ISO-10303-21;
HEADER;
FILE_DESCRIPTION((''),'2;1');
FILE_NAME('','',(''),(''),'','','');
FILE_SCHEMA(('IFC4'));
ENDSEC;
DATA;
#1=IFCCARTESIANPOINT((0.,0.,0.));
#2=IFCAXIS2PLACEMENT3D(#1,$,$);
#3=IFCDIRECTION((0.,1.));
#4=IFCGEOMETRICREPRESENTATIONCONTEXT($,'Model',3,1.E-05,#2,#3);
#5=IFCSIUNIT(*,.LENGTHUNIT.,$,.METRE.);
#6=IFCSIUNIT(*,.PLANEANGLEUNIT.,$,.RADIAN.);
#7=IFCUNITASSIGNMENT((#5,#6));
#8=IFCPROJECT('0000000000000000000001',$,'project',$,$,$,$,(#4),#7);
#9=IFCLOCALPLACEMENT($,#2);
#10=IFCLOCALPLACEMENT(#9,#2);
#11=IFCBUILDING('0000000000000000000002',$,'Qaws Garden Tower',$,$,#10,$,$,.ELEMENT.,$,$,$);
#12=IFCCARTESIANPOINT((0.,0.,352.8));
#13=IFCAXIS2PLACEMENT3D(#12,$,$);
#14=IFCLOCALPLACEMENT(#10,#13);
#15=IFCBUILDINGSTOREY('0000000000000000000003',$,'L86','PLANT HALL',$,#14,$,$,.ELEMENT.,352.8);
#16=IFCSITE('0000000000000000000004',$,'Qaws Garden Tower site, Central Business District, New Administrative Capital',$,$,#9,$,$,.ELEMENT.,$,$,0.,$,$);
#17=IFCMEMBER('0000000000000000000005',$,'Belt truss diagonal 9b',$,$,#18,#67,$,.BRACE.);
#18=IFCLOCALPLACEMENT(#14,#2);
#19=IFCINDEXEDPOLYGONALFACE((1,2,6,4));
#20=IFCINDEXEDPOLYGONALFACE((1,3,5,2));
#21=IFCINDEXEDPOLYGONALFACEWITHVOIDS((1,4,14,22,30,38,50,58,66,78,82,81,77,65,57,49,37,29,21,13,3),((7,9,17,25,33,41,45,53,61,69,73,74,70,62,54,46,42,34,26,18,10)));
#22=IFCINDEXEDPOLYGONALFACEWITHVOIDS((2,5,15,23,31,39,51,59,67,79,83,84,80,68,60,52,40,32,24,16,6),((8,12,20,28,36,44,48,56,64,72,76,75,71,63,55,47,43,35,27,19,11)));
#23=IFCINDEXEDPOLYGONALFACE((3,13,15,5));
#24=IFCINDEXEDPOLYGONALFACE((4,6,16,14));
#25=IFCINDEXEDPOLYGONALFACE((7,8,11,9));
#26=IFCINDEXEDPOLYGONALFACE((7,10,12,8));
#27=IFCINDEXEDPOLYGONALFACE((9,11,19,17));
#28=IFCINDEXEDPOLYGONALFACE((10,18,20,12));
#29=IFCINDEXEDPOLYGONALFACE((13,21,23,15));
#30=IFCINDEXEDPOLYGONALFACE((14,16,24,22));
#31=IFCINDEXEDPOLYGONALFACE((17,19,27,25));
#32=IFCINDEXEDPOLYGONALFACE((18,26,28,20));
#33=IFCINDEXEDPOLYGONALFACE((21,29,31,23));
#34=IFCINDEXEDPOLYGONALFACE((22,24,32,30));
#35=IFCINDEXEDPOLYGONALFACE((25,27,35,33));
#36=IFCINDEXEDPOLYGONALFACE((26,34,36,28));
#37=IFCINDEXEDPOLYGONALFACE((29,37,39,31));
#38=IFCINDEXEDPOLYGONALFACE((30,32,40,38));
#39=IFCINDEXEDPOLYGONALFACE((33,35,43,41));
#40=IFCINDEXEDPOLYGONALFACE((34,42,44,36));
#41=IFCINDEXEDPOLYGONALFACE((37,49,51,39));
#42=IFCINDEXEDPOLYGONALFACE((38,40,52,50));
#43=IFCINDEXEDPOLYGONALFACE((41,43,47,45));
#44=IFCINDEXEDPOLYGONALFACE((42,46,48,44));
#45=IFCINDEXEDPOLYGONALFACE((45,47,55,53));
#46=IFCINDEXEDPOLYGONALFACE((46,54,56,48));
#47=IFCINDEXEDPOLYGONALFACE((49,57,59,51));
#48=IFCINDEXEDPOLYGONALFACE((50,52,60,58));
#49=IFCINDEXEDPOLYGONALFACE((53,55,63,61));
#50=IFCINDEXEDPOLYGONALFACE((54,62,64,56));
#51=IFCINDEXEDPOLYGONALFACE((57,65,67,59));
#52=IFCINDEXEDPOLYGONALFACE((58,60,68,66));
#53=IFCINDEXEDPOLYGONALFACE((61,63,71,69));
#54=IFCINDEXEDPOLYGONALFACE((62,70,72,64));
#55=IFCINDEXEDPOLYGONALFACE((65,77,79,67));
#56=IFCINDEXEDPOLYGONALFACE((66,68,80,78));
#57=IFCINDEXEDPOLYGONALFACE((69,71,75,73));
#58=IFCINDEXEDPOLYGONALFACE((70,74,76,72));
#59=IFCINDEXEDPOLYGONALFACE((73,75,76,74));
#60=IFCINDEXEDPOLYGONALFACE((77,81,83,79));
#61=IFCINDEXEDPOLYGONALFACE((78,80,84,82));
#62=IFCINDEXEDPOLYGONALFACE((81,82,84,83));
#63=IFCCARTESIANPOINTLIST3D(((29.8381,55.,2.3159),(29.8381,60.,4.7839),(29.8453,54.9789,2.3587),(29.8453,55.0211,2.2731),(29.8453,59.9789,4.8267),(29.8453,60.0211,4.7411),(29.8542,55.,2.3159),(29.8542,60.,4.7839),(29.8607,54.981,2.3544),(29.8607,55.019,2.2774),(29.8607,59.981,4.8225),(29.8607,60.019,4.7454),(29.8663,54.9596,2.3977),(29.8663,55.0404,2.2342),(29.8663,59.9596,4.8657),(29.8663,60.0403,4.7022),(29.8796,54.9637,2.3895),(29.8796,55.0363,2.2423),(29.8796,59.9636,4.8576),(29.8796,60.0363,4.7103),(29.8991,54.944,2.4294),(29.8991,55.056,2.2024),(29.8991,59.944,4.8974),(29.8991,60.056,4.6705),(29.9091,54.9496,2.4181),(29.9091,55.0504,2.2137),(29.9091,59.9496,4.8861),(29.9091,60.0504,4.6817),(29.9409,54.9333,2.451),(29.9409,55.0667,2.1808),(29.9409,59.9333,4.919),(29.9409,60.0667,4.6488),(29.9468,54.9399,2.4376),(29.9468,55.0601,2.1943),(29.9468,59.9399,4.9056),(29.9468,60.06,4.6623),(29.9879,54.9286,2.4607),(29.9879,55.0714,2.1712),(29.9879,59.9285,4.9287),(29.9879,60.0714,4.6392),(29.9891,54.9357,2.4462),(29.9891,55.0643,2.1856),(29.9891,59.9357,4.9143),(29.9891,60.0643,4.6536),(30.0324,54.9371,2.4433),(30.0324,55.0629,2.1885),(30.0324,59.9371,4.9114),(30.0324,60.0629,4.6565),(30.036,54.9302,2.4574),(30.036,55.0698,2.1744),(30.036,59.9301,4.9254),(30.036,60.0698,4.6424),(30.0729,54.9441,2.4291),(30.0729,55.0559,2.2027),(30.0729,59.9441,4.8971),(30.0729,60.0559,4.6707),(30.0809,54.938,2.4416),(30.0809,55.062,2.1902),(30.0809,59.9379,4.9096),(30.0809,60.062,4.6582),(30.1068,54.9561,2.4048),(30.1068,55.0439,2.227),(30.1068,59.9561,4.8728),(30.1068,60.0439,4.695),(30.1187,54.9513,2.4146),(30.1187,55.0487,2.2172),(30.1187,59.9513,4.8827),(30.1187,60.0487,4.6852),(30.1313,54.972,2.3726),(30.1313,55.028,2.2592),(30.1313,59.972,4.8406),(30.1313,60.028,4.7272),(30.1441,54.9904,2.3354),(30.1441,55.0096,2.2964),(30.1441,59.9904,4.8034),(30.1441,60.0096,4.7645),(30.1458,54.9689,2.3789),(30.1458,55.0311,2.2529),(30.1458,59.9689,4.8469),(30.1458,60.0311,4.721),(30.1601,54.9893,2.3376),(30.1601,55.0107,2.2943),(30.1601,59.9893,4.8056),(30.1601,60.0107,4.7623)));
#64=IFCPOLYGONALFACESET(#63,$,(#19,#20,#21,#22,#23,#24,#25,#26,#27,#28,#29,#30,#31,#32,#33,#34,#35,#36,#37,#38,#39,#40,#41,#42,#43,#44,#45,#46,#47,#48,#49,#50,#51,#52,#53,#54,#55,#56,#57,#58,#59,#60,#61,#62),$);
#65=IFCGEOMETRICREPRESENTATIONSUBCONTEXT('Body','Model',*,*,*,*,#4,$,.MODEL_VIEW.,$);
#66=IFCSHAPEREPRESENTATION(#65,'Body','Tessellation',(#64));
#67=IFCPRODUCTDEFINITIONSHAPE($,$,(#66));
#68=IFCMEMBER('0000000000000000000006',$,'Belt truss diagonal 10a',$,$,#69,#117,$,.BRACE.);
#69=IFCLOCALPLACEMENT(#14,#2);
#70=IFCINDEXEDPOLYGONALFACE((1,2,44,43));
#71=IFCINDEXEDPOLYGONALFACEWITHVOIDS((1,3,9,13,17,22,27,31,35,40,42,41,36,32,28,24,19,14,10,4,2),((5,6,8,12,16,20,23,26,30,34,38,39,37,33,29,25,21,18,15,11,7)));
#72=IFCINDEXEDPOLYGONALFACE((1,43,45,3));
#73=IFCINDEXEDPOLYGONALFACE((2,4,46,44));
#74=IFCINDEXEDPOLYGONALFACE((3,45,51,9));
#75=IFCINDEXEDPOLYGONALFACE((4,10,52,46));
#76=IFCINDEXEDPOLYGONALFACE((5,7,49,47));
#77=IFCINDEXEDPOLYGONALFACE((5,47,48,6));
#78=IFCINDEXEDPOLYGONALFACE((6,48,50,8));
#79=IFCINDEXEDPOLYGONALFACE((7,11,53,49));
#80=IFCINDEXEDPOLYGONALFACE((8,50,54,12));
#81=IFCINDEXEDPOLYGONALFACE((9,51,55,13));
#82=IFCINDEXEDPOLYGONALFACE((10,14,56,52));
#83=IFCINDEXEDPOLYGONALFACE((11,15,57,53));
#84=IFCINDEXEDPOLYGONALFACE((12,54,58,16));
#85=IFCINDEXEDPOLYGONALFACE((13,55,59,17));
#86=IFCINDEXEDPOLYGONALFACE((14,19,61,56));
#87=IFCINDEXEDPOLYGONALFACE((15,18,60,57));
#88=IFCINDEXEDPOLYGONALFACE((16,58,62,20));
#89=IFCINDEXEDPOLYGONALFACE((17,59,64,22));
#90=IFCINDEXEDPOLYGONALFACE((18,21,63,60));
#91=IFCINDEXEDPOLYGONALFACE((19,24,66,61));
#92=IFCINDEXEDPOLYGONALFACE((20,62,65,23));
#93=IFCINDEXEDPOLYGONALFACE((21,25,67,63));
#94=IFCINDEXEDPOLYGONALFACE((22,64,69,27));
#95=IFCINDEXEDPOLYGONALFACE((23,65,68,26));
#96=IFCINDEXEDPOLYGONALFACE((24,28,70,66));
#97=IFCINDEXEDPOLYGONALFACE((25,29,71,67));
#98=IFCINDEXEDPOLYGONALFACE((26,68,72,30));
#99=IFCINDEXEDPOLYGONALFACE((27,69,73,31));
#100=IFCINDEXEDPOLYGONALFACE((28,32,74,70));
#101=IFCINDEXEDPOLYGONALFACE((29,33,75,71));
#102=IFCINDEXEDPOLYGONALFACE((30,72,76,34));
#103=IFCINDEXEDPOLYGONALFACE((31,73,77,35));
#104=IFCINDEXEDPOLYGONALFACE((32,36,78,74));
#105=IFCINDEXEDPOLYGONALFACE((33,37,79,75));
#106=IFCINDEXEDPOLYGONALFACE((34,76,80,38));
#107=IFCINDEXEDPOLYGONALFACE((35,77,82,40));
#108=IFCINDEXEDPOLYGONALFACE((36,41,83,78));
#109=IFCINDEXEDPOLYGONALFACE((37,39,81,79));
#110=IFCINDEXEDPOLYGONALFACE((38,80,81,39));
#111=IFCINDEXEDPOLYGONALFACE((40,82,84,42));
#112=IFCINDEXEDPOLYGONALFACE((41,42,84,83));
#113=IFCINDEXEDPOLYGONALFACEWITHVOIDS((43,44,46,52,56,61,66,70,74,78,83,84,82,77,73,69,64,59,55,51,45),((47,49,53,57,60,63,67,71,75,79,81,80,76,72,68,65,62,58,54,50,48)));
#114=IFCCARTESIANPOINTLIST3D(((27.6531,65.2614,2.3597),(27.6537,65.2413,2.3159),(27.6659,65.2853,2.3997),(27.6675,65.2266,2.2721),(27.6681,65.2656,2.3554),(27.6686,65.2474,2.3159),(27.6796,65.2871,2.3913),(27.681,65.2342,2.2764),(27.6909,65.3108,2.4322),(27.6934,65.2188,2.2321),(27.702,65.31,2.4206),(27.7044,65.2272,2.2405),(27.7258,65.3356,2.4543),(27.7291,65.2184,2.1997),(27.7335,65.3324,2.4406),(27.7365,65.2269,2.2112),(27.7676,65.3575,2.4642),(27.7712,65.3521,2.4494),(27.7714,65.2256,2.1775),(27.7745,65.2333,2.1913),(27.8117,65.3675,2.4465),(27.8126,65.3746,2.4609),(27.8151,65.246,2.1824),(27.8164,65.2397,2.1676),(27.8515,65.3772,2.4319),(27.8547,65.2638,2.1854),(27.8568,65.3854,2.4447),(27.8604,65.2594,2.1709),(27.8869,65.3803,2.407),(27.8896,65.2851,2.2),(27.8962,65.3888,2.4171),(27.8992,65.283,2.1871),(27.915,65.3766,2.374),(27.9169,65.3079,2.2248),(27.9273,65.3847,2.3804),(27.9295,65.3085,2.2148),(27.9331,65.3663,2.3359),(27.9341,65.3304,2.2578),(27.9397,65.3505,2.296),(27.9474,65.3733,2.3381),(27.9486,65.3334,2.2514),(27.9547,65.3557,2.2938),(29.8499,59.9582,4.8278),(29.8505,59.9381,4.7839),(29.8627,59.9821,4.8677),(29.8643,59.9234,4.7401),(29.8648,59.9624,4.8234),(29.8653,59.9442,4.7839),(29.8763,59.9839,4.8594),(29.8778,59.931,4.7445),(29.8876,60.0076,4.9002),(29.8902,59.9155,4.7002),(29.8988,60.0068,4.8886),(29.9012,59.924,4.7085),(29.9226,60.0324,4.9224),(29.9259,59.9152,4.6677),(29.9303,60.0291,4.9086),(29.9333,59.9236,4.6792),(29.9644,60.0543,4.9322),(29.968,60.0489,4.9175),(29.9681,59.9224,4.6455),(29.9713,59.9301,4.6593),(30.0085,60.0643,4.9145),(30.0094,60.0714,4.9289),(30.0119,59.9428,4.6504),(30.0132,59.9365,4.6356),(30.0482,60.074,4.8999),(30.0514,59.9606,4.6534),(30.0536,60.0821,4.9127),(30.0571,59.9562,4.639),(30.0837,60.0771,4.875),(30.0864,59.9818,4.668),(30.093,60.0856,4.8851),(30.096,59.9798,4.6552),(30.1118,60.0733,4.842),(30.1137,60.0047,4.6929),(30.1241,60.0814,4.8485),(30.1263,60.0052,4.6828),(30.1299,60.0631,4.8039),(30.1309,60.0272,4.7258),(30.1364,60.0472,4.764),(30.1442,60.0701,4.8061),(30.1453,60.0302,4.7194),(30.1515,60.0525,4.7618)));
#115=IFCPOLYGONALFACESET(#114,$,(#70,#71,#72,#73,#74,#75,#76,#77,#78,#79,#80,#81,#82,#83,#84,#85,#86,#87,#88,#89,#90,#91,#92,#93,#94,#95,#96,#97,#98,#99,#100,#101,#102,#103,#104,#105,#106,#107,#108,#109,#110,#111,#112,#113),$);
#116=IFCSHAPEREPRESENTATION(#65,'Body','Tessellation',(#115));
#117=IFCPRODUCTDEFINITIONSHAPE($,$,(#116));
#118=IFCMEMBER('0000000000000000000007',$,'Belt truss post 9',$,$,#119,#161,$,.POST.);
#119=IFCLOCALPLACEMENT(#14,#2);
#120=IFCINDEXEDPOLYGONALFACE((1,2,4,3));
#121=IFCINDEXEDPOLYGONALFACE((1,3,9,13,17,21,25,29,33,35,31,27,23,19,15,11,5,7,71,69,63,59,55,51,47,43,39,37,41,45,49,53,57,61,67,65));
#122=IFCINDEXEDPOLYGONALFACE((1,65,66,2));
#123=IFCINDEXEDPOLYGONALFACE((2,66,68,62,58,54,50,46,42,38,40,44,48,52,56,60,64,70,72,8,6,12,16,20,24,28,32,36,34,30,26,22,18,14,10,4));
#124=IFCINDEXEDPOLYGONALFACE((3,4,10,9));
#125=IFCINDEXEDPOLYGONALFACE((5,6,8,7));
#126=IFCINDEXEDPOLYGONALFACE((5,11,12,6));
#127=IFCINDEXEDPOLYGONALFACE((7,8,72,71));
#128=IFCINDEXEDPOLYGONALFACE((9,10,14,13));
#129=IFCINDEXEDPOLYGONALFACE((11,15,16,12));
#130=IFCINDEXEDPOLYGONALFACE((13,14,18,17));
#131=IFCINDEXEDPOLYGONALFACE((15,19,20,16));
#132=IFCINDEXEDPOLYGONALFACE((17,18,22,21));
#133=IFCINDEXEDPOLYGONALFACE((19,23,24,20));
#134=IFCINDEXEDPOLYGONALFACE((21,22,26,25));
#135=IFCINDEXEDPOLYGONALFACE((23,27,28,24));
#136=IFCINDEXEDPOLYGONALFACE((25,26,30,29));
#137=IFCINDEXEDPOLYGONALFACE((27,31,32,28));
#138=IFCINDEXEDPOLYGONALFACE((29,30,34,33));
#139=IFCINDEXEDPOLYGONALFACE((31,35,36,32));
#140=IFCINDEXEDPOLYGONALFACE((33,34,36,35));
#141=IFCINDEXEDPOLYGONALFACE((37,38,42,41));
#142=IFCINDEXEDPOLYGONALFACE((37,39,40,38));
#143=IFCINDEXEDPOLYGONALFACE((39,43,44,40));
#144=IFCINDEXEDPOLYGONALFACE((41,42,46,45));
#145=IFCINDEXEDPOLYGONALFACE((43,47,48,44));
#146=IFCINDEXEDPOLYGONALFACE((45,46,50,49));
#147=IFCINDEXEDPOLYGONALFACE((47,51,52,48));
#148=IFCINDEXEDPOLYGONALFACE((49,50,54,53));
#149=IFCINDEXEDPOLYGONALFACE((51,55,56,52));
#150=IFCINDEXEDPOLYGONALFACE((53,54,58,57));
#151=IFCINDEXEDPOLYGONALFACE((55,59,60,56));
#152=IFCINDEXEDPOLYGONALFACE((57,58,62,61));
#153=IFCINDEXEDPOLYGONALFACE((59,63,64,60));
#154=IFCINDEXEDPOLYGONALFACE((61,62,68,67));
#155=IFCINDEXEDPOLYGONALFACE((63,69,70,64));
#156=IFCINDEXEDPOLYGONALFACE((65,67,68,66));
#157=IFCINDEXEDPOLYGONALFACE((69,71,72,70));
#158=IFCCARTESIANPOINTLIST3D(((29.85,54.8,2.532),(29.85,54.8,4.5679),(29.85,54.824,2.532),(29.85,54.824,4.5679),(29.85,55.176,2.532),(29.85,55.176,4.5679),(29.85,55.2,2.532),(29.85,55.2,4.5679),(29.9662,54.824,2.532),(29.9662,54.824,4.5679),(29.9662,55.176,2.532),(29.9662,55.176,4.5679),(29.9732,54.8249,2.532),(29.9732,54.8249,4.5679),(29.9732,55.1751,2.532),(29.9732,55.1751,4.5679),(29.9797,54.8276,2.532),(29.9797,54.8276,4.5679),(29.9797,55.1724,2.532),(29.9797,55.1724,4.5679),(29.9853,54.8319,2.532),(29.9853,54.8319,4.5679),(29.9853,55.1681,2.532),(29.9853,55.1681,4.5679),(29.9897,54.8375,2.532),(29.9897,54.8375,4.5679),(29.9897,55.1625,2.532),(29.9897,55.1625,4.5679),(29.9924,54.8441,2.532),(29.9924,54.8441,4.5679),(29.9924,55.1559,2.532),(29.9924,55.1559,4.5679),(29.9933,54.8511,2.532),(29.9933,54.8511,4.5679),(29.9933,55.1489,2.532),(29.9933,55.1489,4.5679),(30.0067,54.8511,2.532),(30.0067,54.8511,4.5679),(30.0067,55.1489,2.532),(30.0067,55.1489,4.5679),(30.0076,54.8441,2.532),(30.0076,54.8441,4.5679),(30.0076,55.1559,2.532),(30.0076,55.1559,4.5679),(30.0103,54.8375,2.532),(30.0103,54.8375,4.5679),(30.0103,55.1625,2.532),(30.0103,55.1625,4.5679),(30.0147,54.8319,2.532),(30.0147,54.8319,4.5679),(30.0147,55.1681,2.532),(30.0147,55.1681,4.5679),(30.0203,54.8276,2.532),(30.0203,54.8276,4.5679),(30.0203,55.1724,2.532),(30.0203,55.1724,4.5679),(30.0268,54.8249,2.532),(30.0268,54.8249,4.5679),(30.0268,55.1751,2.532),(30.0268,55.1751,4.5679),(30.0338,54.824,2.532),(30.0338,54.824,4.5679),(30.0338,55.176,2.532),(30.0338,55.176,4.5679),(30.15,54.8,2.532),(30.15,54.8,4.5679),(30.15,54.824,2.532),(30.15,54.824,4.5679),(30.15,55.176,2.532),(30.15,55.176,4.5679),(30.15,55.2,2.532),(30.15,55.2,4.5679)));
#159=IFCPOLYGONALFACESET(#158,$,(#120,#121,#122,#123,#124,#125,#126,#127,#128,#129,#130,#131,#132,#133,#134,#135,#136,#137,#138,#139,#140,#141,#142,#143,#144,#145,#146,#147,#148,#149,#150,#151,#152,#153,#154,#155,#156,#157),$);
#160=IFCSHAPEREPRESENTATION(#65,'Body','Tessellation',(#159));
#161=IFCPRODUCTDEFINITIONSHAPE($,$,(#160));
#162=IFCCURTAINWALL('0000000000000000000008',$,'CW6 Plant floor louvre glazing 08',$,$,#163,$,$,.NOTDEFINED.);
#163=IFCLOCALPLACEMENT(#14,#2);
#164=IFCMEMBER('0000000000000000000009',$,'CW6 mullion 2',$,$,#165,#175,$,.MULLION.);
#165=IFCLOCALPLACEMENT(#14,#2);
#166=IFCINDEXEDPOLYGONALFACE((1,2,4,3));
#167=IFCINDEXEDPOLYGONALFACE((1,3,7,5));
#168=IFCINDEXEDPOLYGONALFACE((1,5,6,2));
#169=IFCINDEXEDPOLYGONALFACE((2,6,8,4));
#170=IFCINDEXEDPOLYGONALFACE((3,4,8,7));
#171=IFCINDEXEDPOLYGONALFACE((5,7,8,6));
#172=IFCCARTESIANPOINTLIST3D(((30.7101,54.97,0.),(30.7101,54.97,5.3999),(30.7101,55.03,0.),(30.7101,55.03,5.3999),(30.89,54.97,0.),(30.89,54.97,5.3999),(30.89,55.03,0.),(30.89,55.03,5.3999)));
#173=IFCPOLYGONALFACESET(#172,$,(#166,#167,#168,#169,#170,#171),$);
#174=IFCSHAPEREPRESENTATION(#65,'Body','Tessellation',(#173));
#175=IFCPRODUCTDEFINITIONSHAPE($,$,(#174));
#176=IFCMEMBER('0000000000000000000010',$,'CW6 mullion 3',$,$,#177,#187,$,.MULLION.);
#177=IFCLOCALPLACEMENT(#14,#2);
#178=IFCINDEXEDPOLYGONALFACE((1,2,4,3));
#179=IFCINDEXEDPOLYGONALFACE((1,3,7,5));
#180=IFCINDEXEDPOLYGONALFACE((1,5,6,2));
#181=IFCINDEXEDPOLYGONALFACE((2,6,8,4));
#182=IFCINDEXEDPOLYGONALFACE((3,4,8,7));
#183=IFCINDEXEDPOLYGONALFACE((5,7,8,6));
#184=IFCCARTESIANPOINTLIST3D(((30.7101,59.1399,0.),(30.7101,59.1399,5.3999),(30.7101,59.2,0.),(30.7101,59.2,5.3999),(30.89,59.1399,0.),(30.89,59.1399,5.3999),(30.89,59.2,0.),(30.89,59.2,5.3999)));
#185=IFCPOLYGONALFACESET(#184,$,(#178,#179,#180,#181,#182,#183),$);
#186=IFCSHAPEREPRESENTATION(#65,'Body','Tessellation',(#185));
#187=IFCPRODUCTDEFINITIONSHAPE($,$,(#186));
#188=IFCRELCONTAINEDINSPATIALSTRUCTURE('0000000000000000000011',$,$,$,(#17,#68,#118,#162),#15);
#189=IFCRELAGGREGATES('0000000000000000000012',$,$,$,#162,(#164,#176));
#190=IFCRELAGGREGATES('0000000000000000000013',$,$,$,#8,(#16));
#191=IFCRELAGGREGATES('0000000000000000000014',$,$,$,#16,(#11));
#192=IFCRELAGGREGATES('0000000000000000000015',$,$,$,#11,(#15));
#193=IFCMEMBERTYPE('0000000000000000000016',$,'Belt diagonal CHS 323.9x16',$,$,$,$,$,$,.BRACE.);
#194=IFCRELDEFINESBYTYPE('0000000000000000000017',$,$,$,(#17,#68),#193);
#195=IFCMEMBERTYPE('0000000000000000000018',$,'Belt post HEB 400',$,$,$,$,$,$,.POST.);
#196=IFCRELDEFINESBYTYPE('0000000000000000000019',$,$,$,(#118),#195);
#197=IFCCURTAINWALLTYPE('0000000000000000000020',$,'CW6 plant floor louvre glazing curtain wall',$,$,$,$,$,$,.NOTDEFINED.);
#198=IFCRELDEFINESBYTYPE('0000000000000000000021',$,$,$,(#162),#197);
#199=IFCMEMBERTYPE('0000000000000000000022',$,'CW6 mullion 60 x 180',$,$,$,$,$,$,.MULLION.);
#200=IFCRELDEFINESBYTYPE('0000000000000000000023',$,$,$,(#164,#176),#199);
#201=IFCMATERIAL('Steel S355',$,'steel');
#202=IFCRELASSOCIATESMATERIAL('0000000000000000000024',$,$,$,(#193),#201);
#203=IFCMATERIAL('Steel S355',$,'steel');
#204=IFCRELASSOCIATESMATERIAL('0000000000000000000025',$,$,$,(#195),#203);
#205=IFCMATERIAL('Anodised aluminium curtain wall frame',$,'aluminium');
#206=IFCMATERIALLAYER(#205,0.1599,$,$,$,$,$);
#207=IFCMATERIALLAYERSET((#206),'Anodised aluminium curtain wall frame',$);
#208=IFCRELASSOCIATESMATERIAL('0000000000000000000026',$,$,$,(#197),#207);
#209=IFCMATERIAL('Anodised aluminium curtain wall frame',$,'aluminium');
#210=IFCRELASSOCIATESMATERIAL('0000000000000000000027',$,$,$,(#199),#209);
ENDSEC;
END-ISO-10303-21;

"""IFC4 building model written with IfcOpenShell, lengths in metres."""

from ifc_helpers import new_model, si_unit, direction, frame, origin, origin_2d, place, context, subcontext, project, spatial, rectangle, hollow_circle, i_section, extrude, material, layer, layer_set, material_profile, profile_set, type_object, element, aggregate, save


model = new_model("IFC4")

# Units and contexts
model_context = context("Model", 3, precision=1e-05, world=origin(), true_north=direction((0.0, 1.0)))
body_context = subcontext(model_context, "Body", "Model", "MODEL_VIEW")
ifc_project = project(units=[si_unit("LENGTHUNIT", "METRE"), si_unit("PLANEANGLEUNIT", "RADIAN")], contexts=[model_context])

# Site, building, storey
site_placement = place(None, origin())
site = spatial("IfcSite", under=ifc_project, at=site_placement, Name="Qaws Garden Tower site, Central Business District, New Administrative Capital", CompositionType="ELEMENT", RefElevation=0.0)
building_placement = place(site_placement, origin())
building = spatial("IfcBuilding", under=site, at=building_placement, Name="Qaws Garden Tower", CompositionType="ELEMENT")
storey_placement = place(building_placement, frame((0.0, 0.0, 352.8)))
storey = spatial("IfcBuildingStorey", under=building, at=storey_placement, Name="L86", Description="PLANT HALL", CompositionType="ELEMENT", Elevation=352.8)

# Members
ifc_material_1 = material(Name="Steel S355", Category="steel")
ifc_material_profile_1 = material_profile(ifc_material_1, hollow_circle(Radius=0.1619, WallThickness=0.0161, at=origin_2d()), Name="CHS 323.9x16")
ifc_profile_set_1 = profile_set([ifc_material_profile_1], Name="Steel S355")
member_type_1 = type_object("IfcMemberType", Name="Belt diagonal CHS 323.9x16", PredefinedType="BRACE", material=ifc_profile_set_1)
member_1_placement = place(storey_placement, frame((30.0, 55.0, 2.3159), z_axis=(0.0, 0.89671, 0.442619), x_axis=(-1.0, 0.0, 0.0)))
element("IfcMember", 1, at=member_1_placement, inside=storey, type_object=member_type_1, Name="Belt truss diagonal 9b", PredefinedType="BRACE", context=body_context, shape_type="SweptSolid", body=[
    extrude(hollow_circle(Radius=0.1619, WallThickness=0.0161, at=origin_2d()), origin(), (0.0, 0.0, 1.0), 5.5759),
])
member_2_placement = place(storey_placement, frame((30.0, 60.0, 4.7839), z_axis=(-0.351581, 0.848748, -0.394991), x_axis=(-0.923873, -0.3827, 0.0)))
element("IfcMember", 2, at=member_2_placement, inside=storey, type_object=member_type_1, Name="Belt truss diagonal 10a", PredefinedType="BRACE", context=body_context, shape_type="SweptSolid", body=[
    extrude(hollow_circle(Radius=0.1619, WallThickness=0.0161, at=origin_2d()), origin(), (0.0, 0.0, 1.0), 6.2483),
])
ifc_material_2 = material(Name="Steel S355", Category="steel")
ifc_material_profile_2 = material_profile(ifc_material_2, i_section(OverallWidth=0.3, OverallDepth=0.3999, WebThickness=0.0134, FlangeThickness=0.0239, FilletRadius=0.0271, at=origin_2d()), Name="HEB 400")
ifc_profile_set_2 = profile_set([ifc_material_profile_2], Name="Steel S355")
member_type_2 = type_object("IfcMemberType", Name="Belt post HEB 400", PredefinedType="POST", material=ifc_profile_set_2)
member_3_placement = place(storey_placement, frame((30.0, 55.0, 2.532), z_axis=(0.0, 0.0, 1.0), x_axis=(1.0, 0.0, 0.0)))
element("IfcMember", 3, at=member_3_placement, inside=storey, type_object=member_type_2, Name="Belt truss post 9", PredefinedType="POST", context=body_context, shape_type="SweptSolid", body=[
    extrude(i_section(OverallWidth=0.3, OverallDepth=0.3999, WebThickness=0.0134, FlangeThickness=0.0239, FilletRadius=0.0271, at=origin_2d()), origin(), (0.0, 0.0, 1.0), 2.0359),
])

# Curtain wall, members
ifc_material_3 = material(Name="Anodised aluminium curtain wall frame", Category="aluminium")
ifc_layer_1 = layer(ifc_material_3, 0.1599)
ifc_layer_set_1 = layer_set([ifc_layer_1], Name="Anodised aluminium curtain wall frame")
curtain_wall_type = type_object("IfcCurtainWallType", Name="CW6 plant floor louvre glazing curtain wall", PredefinedType="NOTDEFINED", material=ifc_layer_set_1)
curtain_wall_placement = place(storey_placement, origin())
curtain_wall = element("IfcCurtainWall", 4, at=curtain_wall_placement, inside=storey, type_object=curtain_wall_type, Name="CW6 Plant floor louvre glazing 08", PredefinedType="NOTDEFINED")
ifc_material_4 = material(Name="Anodised aluminium curtain wall frame", Category="aluminium")
ifc_material_profile_3 = material_profile(ifc_material_4, rectangle(XDim=0.1799, YDim=0.0601, at=origin_2d()), Name="AL 60x180")
ifc_profile_set_3 = profile_set([ifc_material_profile_3], Name="Anodised aluminium curtain wall frame")
member_type_3 = type_object("IfcMemberType", Name="CW6 mullion 60 x 180", PredefinedType="MULLION", material=ifc_profile_set_3)
member_4_placement = place(storey_placement, frame((30.8, 55.0, 0.0), z_axis=(0.0, 0.0, 1.0), x_axis=(-1.0, 0.0, 0.0)))
member_4 = element("IfcMember", 5, at=member_4_placement, type_object=member_type_3, Name="CW6 mullion 2", PredefinedType="MULLION", context=body_context, shape_type="SweptSolid", body=[
    extrude(rectangle(XDim=0.1799, YDim=0.0601, at=origin_2d()), origin(), (0.0, 0.0, 1.0), 5.3999),
])
member_5_placement = place(storey_placement, frame((30.8, 59.1699, 0.0), z_axis=(0.0, 0.0, 1.0), x_axis=(-1.0, 0.0, 0.0)))
member_5 = element("IfcMember", 6, at=member_5_placement, type_object=member_type_3, Name="CW6 mullion 3", PredefinedType="MULLION", context=body_context, shape_type="SweptSolid", body=[
    extrude(rectangle(XDim=0.1799, YDim=0.0601, at=origin_2d()), origin(), (0.0, 0.0, 1.0), 5.3999),
])
aggregate(curtain_wall, [member_4, member_5])

save(model, "model.ifc")
